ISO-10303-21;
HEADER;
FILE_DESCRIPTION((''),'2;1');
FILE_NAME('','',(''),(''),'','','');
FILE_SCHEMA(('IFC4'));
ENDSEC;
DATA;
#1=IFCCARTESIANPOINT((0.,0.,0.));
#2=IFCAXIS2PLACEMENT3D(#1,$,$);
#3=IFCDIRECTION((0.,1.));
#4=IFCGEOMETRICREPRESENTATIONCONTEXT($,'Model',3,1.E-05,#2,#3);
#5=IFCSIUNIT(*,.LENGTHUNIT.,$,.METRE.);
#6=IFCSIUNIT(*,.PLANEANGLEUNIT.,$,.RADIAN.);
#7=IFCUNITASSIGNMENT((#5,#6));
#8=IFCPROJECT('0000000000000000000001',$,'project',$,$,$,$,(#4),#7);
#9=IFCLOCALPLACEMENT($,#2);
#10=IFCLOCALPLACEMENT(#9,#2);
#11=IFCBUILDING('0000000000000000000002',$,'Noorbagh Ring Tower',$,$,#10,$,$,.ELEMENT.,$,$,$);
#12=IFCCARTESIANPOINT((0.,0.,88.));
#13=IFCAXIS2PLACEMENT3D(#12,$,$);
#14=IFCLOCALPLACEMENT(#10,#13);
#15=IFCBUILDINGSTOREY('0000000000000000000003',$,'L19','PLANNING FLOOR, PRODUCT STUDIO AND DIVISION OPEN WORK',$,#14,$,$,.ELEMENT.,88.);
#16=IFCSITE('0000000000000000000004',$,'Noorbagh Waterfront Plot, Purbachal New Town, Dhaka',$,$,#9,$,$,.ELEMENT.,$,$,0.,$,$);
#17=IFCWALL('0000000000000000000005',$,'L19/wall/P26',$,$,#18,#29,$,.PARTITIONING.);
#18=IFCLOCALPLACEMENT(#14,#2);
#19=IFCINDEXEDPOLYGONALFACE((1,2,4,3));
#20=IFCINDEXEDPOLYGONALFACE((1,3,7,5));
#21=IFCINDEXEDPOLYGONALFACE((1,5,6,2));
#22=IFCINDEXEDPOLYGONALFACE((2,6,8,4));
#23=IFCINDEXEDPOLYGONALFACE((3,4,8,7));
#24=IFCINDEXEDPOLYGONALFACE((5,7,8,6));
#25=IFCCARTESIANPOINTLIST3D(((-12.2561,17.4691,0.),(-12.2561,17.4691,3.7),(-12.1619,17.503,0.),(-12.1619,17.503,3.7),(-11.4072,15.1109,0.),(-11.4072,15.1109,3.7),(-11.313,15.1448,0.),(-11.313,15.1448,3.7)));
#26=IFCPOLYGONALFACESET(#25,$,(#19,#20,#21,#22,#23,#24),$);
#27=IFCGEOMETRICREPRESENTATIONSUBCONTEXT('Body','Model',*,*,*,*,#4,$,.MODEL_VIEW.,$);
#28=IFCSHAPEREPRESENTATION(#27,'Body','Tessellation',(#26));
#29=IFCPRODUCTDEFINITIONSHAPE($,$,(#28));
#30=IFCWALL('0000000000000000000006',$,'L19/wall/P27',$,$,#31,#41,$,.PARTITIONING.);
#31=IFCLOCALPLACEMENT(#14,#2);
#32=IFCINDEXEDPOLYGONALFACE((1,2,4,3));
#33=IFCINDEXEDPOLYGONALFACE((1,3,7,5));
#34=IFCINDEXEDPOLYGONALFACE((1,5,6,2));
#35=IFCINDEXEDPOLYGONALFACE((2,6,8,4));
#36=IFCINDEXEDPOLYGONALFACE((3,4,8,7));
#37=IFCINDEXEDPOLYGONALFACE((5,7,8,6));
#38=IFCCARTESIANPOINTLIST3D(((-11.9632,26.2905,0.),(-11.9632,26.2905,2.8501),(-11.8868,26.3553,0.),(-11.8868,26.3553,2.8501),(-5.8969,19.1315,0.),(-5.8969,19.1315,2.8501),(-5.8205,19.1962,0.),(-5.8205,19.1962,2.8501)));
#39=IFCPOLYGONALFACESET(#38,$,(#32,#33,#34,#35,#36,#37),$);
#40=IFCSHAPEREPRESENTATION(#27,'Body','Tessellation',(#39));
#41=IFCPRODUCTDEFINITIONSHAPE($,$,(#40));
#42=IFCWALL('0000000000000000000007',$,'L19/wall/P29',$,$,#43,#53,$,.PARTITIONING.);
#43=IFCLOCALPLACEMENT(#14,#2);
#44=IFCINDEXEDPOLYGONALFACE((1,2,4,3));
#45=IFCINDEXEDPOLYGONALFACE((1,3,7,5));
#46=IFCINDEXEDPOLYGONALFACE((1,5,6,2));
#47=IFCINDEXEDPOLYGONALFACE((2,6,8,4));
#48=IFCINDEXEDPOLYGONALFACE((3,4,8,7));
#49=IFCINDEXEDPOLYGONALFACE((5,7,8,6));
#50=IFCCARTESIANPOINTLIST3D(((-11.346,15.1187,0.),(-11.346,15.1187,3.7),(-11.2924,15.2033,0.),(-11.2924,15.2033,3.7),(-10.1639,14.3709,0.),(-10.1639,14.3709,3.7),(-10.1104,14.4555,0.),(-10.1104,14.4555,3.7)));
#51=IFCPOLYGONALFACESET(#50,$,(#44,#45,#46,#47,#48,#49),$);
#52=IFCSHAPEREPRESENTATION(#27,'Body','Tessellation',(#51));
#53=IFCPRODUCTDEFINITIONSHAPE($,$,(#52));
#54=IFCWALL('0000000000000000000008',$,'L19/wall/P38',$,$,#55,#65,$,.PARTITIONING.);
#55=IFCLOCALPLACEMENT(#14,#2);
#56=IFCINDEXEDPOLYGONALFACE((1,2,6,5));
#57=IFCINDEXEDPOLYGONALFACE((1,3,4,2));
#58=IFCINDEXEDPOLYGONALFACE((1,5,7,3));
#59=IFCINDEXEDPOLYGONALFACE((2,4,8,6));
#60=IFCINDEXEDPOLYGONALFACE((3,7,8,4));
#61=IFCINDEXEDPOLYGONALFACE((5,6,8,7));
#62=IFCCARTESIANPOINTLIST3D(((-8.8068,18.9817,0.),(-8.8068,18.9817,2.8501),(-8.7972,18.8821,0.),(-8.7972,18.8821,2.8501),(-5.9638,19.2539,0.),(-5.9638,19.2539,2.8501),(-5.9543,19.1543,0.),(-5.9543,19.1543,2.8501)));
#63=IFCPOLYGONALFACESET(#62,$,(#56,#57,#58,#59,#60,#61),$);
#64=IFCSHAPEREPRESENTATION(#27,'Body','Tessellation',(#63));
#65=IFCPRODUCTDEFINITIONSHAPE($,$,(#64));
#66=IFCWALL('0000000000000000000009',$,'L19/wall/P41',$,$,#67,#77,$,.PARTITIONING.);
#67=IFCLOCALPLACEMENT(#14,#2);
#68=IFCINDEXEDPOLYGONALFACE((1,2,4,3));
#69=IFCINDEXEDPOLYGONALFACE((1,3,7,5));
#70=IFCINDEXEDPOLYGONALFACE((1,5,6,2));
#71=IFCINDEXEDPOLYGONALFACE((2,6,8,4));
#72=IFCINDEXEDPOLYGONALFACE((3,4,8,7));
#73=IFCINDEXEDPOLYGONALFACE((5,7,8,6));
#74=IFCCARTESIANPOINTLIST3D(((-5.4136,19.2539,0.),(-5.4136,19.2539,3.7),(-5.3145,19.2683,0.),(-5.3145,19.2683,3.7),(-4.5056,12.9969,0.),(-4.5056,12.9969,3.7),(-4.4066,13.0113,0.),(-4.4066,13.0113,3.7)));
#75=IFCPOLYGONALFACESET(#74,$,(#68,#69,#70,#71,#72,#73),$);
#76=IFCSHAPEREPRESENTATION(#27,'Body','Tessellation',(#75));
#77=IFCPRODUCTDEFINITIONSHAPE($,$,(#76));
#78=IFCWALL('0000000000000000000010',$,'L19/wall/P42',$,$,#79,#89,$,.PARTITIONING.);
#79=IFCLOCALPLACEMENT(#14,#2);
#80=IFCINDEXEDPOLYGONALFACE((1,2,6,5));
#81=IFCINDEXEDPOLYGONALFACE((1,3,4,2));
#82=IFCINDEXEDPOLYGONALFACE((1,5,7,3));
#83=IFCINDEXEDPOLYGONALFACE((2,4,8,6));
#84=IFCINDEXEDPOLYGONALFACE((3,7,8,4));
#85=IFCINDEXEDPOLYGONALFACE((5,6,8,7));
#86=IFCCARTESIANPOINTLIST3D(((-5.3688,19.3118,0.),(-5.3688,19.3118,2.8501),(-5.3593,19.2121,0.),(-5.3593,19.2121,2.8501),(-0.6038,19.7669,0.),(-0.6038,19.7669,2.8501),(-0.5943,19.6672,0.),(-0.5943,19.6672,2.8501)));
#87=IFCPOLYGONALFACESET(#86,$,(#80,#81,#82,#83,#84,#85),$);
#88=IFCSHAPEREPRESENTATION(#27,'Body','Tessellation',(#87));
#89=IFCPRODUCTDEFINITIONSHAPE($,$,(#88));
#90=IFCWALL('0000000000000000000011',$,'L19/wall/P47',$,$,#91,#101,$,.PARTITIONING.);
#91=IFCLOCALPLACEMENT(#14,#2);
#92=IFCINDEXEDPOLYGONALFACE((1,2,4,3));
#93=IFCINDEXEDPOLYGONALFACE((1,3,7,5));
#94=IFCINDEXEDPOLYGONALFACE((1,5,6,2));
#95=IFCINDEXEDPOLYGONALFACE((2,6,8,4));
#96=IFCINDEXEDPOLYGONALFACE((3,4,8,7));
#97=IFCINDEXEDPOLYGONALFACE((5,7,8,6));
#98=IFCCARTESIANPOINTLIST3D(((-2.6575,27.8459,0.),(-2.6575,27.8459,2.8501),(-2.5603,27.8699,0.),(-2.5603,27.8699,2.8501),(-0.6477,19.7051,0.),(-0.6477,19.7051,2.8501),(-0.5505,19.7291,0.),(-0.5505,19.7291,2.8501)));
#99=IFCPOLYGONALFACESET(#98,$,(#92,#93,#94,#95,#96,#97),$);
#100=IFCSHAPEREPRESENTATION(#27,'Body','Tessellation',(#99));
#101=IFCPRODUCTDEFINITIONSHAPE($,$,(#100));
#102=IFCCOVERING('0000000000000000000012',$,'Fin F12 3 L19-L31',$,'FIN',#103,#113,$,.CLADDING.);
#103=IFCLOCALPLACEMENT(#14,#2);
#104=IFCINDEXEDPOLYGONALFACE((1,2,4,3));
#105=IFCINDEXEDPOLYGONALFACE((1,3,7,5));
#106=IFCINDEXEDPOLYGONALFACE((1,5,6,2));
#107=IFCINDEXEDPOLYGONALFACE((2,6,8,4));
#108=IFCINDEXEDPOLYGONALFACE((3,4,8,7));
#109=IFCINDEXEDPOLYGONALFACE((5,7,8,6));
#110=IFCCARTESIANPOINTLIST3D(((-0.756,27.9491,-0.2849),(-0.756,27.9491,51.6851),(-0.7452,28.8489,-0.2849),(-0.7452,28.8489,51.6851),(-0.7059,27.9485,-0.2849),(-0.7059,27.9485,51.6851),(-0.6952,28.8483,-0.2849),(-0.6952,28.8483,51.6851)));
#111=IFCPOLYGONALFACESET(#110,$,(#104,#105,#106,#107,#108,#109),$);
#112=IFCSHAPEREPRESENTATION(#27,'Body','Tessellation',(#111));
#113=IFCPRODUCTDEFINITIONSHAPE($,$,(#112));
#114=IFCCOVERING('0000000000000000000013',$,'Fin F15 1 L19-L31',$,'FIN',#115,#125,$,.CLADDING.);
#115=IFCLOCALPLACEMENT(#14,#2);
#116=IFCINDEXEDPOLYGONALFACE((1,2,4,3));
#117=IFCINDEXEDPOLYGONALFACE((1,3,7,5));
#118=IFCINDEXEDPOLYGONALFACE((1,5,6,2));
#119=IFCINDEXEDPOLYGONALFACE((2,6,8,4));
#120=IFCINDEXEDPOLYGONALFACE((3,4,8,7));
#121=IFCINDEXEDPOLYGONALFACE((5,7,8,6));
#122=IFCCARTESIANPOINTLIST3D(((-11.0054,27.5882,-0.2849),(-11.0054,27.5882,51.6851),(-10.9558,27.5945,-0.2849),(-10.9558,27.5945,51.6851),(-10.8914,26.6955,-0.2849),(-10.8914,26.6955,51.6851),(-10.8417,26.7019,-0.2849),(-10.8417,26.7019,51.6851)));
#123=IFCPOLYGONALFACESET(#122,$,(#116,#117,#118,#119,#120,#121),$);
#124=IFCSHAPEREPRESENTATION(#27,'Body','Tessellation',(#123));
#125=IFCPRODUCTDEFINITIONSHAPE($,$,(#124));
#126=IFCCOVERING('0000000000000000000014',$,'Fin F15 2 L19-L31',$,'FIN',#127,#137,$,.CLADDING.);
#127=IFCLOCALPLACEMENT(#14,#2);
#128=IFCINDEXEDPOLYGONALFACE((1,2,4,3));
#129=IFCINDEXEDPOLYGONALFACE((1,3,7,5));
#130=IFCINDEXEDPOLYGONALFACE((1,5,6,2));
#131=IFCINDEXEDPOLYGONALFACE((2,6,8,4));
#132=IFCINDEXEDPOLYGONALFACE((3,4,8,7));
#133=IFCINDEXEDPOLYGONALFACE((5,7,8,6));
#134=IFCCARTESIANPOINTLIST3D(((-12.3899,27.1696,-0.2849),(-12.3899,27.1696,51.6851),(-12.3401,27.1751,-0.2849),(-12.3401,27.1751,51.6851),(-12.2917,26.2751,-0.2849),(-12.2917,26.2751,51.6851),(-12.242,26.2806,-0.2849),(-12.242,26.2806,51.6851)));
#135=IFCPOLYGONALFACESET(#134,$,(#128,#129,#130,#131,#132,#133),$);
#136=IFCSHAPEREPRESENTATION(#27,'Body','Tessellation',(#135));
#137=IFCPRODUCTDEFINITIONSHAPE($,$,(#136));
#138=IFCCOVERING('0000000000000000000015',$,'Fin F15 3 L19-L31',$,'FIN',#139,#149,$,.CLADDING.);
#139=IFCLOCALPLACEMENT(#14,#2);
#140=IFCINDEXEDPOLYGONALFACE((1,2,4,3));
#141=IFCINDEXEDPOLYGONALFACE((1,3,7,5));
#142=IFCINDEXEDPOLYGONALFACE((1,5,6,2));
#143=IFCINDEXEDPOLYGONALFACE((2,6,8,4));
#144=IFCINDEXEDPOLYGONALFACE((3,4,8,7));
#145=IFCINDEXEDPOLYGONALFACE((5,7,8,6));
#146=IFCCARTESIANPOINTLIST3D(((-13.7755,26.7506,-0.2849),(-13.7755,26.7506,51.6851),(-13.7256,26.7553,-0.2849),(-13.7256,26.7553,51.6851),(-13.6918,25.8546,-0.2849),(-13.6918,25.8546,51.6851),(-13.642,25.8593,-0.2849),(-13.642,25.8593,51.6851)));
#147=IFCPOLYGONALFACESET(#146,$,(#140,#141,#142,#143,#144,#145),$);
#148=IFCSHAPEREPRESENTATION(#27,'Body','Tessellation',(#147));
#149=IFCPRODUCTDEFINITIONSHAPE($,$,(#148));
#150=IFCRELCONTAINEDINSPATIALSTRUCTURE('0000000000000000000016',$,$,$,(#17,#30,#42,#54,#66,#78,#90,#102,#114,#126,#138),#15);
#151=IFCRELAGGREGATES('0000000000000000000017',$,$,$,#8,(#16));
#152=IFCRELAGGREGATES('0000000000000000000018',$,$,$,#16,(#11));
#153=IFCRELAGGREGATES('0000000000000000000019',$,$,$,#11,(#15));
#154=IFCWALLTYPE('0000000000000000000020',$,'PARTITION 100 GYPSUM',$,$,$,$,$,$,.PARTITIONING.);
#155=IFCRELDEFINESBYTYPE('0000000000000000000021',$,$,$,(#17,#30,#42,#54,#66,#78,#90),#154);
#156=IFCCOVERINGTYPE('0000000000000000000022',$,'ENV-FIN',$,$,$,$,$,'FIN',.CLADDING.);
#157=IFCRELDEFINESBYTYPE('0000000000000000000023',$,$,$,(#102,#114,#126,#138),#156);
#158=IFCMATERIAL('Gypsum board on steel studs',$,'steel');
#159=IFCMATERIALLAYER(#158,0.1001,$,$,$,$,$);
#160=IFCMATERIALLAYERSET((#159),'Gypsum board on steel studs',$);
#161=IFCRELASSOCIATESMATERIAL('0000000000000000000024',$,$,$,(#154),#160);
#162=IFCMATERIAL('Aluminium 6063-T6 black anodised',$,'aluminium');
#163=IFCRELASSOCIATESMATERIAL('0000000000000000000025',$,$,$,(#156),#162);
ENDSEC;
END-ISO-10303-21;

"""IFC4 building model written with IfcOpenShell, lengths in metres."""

from ifc_helpers import new_model, si_unit, direction, frame, frame_2d, origin, origin_2d, place, context, subcontext, project, spatial, rectangle, extrude, material, layer, layer_set, material_profile, profile_set, type_object, element, save


model = new_model("IFC4")

# Units and contexts
model_context = context("Model", 3, precision=1e-05, world=origin(), true_north=direction((0.0, 1.0)))
body_context = subcontext(model_context, "Body", "Model", "MODEL_VIEW")
ifc_project = project(units=[si_unit("LENGTHUNIT", "METRE"), si_unit("PLANEANGLEUNIT", "RADIAN")], contexts=[model_context])

# Site, building, storey
site_placement = place(None, origin())
site = spatial("IfcSite", under=ifc_project, at=site_placement, Name="Noorbagh Waterfront Plot, Purbachal New Town, Dhaka", CompositionType="ELEMENT", RefElevation=0.0)
building_placement = place(site_placement, origin())
building = spatial("IfcBuilding", under=site, at=building_placement, Name="Noorbagh Ring Tower", CompositionType="ELEMENT")
storey_placement = place(building_placement, frame((0.0, 0.0, 88.0)))
storey = spatial("IfcBuildingStorey", under=building, at=storey_placement, Name="L19", Description="PLANNING FLOOR, PRODUCT STUDIO AND DIVISION OPEN WORK", CompositionType="ELEMENT", Elevation=88.0)

# Walls
ifc_material_1 = material(Name="Gypsum board on steel studs", Category="steel")
ifc_layer_1 = layer(ifc_material_1, 0.1001)
ifc_layer_set_1 = layer_set([ifc_layer_1], Name="Gypsum board on steel studs")
wall_type_1 = type_object("IfcWallType", Name="PARTITION 100 GYPSUM", PredefinedType="PARTITIONING", material=ifc_layer_set_1)
wall_1_placement = place(storey_placement, frame((-12.209, 17.4861, 0.0), z_axis=(0.0, 0.0, 1.0), x_axis=(0.338699, -0.940895, 0.0)))
element("IfcWall", 1, at=wall_1_placement, inside=storey, type_object=wall_type_1, Name="L19/wall/P26", PredefinedType="PARTITIONING", context=body_context, shape_type="SweptSolid", body=[
    extrude(rectangle(XDim=2.5063, YDim=0.1001, at=frame_2d((1.2532, 0.0))), origin(), (0.0, 0.0, 1.0), 3.7),
])
wall_2_placement = place(storey_placement, frame((-11.925, 26.323, 0.0), z_axis=(0.0, 0.0, 1.0), x_axis=(0.646476, -0.762934, 0.0)))
element("IfcWall", 2, at=wall_2_placement, inside=storey, type_object=wall_type_1, Name="L19/wall/P27", PredefinedType="PARTITIONING", context=body_context, shape_type="SweptSolid", body=[
    extrude(rectangle(XDim=9.3835, YDim=0.1001, at=frame_2d((4.6919, 0.0))), origin(), (0.0, 0.0, 1.0), 2.8501),
])
wall_3_placement = place(storey_placement, frame((-11.3191, 15.1609, 0.0), z_axis=(0.0, 0.0, 1.0), x_axis=(0.845103, -0.534604, 0.0)))
element("IfcWall", 3, at=wall_3_placement, inside=storey, type_object=wall_type_1, Name="L19/wall/P29", PredefinedType="PARTITIONING", context=body_context, shape_type="SweptSolid", body=[
    extrude(rectangle(XDim=1.3987, YDim=0.1001, at=frame_2d((0.6992, 0.0))), origin(), (0.0, 0.0, 1.0), 3.7),
])
wall_4_placement = place(storey_placement, frame((-8.802, 18.9319, 0.0), z_axis=(0.0, 0.0, 1.0), x_axis=(0.995447, 0.095313, 0.0)))
element("IfcWall", 4, at=wall_4_placement, inside=storey, type_object=wall_type_1, Name="L19/wall/P38", PredefinedType="PARTITIONING", context=body_context, shape_type="SweptSolid", body=[
    extrude(rectangle(XDim=2.856, YDim=0.1001, at=frame_2d((1.428, 0.0))), origin(), (0.0, 0.0, 1.0), 2.8501),
])
wall_5_placement = place(storey_placement, frame((-5.364, 19.261, 0.0), z_axis=(0.0, 0.0, 1.0), x_axis=(0.143605, -0.989635, 0.0)))
element("IfcWall", 5, at=wall_5_placement, inside=storey, type_object=wall_type_1, Name="L19/wall/P41", PredefinedType="PARTITIONING", context=body_context, shape_type="SweptSolid", body=[
    extrude(rectangle(XDim=6.3225, YDim=0.1001, at=frame_2d((3.1611, 0.0))), origin(), (0.0, 0.0, 1.0), 3.7),
])
wall_6_placement = place(storey_placement, frame((-5.364, 19.262, 0.0), z_axis=(0.0, 0.0, 1.0), x_axis=(0.99547, 0.095074, 0.0)))
element("IfcWall", 6, at=wall_6_placement, inside=storey, type_object=wall_type_1, Name="L19/wall/P42", PredefinedType="PARTITIONING", context=body_context, shape_type="SweptSolid", body=[
    extrude(rectangle(XDim=4.7866, YDim=0.1001, at=frame_2d((2.3933, 0.0))), origin(), (0.0, 0.0, 1.0), 2.8501),
])
wall_7_placement = place(storey_placement, frame((-2.6089, 27.8579, 0.0), z_axis=(0.0, 0.0, 1.0), x_axis=(0.239678, -0.970852, 0.0)))
element("IfcWall", 7, at=wall_7_placement, inside=storey, type_object=wall_type_1, Name="L19/wall/P47", PredefinedType="PARTITIONING", context=body_context, shape_type="SweptSolid", body=[
    extrude(rectangle(XDim=8.3853, YDim=0.1001, at=frame_2d((4.1926, 0.0))), origin(), (0.0, 0.0, 1.0), 2.8501),
])

# Coverings
ifc_material_2 = material(Name="Aluminium 6063-T6 black anodised", Category="aluminium")
ifc_material_profile_1 = material_profile(ifc_material_2, rectangle(XDim=0.8999, YDim=0.05, at=origin_2d()), Name="900x50")
ifc_profile_set_1 = profile_set([ifc_material_profile_1], Name="Aluminium 6063-T6 black anodised")
covering_type = type_object("IfcCoveringType", Name="ENV-FIN", ElementType="FIN", PredefinedType="CLADDING", material=ifc_profile_set_1)
for number, where, z_axis, x_axis, name in (
    (8, (-0.7256, 28.3987, -0.2849), (0.0, 0.0, 1.0), (0.011915, 0.999929, 0.0), "Fin F12 3 L19-L31"),
    (9, (-10.9236, 27.145, -0.2849), (0.0, 0.0, 1.0), (-0.126759, 0.991933, 0.0), "Fin F15 1 L19-L31"),
    (10, (-12.3159, 26.7251, -0.2849), (0.0, 0.0, 1.0), (-0.109101, 0.994031, 0.0), "Fin F15 2 L19-L31"),
    (11, (-13.7087, 26.3049, -0.2849), (0.0, 0.0, 1.0), (-0.092918, 0.995674, 0.0), "Fin F15 3 L19-L31"),
):
    element("IfcCovering", number, at=place(storey_placement, frame(where, z_axis=z_axis, x_axis=x_axis)), inside=storey, type_object=covering_type, Name=name, ObjectType="FIN", PredefinedType="CLADDING", context=body_context, shape_type="SweptSolid", body=[
        extrude(rectangle(XDim=0.8999, YDim=0.05, at=origin_2d()), origin(), (0.0, 0.0, 1.0), 51.97),
    ])

save(model, "model.ifc")
